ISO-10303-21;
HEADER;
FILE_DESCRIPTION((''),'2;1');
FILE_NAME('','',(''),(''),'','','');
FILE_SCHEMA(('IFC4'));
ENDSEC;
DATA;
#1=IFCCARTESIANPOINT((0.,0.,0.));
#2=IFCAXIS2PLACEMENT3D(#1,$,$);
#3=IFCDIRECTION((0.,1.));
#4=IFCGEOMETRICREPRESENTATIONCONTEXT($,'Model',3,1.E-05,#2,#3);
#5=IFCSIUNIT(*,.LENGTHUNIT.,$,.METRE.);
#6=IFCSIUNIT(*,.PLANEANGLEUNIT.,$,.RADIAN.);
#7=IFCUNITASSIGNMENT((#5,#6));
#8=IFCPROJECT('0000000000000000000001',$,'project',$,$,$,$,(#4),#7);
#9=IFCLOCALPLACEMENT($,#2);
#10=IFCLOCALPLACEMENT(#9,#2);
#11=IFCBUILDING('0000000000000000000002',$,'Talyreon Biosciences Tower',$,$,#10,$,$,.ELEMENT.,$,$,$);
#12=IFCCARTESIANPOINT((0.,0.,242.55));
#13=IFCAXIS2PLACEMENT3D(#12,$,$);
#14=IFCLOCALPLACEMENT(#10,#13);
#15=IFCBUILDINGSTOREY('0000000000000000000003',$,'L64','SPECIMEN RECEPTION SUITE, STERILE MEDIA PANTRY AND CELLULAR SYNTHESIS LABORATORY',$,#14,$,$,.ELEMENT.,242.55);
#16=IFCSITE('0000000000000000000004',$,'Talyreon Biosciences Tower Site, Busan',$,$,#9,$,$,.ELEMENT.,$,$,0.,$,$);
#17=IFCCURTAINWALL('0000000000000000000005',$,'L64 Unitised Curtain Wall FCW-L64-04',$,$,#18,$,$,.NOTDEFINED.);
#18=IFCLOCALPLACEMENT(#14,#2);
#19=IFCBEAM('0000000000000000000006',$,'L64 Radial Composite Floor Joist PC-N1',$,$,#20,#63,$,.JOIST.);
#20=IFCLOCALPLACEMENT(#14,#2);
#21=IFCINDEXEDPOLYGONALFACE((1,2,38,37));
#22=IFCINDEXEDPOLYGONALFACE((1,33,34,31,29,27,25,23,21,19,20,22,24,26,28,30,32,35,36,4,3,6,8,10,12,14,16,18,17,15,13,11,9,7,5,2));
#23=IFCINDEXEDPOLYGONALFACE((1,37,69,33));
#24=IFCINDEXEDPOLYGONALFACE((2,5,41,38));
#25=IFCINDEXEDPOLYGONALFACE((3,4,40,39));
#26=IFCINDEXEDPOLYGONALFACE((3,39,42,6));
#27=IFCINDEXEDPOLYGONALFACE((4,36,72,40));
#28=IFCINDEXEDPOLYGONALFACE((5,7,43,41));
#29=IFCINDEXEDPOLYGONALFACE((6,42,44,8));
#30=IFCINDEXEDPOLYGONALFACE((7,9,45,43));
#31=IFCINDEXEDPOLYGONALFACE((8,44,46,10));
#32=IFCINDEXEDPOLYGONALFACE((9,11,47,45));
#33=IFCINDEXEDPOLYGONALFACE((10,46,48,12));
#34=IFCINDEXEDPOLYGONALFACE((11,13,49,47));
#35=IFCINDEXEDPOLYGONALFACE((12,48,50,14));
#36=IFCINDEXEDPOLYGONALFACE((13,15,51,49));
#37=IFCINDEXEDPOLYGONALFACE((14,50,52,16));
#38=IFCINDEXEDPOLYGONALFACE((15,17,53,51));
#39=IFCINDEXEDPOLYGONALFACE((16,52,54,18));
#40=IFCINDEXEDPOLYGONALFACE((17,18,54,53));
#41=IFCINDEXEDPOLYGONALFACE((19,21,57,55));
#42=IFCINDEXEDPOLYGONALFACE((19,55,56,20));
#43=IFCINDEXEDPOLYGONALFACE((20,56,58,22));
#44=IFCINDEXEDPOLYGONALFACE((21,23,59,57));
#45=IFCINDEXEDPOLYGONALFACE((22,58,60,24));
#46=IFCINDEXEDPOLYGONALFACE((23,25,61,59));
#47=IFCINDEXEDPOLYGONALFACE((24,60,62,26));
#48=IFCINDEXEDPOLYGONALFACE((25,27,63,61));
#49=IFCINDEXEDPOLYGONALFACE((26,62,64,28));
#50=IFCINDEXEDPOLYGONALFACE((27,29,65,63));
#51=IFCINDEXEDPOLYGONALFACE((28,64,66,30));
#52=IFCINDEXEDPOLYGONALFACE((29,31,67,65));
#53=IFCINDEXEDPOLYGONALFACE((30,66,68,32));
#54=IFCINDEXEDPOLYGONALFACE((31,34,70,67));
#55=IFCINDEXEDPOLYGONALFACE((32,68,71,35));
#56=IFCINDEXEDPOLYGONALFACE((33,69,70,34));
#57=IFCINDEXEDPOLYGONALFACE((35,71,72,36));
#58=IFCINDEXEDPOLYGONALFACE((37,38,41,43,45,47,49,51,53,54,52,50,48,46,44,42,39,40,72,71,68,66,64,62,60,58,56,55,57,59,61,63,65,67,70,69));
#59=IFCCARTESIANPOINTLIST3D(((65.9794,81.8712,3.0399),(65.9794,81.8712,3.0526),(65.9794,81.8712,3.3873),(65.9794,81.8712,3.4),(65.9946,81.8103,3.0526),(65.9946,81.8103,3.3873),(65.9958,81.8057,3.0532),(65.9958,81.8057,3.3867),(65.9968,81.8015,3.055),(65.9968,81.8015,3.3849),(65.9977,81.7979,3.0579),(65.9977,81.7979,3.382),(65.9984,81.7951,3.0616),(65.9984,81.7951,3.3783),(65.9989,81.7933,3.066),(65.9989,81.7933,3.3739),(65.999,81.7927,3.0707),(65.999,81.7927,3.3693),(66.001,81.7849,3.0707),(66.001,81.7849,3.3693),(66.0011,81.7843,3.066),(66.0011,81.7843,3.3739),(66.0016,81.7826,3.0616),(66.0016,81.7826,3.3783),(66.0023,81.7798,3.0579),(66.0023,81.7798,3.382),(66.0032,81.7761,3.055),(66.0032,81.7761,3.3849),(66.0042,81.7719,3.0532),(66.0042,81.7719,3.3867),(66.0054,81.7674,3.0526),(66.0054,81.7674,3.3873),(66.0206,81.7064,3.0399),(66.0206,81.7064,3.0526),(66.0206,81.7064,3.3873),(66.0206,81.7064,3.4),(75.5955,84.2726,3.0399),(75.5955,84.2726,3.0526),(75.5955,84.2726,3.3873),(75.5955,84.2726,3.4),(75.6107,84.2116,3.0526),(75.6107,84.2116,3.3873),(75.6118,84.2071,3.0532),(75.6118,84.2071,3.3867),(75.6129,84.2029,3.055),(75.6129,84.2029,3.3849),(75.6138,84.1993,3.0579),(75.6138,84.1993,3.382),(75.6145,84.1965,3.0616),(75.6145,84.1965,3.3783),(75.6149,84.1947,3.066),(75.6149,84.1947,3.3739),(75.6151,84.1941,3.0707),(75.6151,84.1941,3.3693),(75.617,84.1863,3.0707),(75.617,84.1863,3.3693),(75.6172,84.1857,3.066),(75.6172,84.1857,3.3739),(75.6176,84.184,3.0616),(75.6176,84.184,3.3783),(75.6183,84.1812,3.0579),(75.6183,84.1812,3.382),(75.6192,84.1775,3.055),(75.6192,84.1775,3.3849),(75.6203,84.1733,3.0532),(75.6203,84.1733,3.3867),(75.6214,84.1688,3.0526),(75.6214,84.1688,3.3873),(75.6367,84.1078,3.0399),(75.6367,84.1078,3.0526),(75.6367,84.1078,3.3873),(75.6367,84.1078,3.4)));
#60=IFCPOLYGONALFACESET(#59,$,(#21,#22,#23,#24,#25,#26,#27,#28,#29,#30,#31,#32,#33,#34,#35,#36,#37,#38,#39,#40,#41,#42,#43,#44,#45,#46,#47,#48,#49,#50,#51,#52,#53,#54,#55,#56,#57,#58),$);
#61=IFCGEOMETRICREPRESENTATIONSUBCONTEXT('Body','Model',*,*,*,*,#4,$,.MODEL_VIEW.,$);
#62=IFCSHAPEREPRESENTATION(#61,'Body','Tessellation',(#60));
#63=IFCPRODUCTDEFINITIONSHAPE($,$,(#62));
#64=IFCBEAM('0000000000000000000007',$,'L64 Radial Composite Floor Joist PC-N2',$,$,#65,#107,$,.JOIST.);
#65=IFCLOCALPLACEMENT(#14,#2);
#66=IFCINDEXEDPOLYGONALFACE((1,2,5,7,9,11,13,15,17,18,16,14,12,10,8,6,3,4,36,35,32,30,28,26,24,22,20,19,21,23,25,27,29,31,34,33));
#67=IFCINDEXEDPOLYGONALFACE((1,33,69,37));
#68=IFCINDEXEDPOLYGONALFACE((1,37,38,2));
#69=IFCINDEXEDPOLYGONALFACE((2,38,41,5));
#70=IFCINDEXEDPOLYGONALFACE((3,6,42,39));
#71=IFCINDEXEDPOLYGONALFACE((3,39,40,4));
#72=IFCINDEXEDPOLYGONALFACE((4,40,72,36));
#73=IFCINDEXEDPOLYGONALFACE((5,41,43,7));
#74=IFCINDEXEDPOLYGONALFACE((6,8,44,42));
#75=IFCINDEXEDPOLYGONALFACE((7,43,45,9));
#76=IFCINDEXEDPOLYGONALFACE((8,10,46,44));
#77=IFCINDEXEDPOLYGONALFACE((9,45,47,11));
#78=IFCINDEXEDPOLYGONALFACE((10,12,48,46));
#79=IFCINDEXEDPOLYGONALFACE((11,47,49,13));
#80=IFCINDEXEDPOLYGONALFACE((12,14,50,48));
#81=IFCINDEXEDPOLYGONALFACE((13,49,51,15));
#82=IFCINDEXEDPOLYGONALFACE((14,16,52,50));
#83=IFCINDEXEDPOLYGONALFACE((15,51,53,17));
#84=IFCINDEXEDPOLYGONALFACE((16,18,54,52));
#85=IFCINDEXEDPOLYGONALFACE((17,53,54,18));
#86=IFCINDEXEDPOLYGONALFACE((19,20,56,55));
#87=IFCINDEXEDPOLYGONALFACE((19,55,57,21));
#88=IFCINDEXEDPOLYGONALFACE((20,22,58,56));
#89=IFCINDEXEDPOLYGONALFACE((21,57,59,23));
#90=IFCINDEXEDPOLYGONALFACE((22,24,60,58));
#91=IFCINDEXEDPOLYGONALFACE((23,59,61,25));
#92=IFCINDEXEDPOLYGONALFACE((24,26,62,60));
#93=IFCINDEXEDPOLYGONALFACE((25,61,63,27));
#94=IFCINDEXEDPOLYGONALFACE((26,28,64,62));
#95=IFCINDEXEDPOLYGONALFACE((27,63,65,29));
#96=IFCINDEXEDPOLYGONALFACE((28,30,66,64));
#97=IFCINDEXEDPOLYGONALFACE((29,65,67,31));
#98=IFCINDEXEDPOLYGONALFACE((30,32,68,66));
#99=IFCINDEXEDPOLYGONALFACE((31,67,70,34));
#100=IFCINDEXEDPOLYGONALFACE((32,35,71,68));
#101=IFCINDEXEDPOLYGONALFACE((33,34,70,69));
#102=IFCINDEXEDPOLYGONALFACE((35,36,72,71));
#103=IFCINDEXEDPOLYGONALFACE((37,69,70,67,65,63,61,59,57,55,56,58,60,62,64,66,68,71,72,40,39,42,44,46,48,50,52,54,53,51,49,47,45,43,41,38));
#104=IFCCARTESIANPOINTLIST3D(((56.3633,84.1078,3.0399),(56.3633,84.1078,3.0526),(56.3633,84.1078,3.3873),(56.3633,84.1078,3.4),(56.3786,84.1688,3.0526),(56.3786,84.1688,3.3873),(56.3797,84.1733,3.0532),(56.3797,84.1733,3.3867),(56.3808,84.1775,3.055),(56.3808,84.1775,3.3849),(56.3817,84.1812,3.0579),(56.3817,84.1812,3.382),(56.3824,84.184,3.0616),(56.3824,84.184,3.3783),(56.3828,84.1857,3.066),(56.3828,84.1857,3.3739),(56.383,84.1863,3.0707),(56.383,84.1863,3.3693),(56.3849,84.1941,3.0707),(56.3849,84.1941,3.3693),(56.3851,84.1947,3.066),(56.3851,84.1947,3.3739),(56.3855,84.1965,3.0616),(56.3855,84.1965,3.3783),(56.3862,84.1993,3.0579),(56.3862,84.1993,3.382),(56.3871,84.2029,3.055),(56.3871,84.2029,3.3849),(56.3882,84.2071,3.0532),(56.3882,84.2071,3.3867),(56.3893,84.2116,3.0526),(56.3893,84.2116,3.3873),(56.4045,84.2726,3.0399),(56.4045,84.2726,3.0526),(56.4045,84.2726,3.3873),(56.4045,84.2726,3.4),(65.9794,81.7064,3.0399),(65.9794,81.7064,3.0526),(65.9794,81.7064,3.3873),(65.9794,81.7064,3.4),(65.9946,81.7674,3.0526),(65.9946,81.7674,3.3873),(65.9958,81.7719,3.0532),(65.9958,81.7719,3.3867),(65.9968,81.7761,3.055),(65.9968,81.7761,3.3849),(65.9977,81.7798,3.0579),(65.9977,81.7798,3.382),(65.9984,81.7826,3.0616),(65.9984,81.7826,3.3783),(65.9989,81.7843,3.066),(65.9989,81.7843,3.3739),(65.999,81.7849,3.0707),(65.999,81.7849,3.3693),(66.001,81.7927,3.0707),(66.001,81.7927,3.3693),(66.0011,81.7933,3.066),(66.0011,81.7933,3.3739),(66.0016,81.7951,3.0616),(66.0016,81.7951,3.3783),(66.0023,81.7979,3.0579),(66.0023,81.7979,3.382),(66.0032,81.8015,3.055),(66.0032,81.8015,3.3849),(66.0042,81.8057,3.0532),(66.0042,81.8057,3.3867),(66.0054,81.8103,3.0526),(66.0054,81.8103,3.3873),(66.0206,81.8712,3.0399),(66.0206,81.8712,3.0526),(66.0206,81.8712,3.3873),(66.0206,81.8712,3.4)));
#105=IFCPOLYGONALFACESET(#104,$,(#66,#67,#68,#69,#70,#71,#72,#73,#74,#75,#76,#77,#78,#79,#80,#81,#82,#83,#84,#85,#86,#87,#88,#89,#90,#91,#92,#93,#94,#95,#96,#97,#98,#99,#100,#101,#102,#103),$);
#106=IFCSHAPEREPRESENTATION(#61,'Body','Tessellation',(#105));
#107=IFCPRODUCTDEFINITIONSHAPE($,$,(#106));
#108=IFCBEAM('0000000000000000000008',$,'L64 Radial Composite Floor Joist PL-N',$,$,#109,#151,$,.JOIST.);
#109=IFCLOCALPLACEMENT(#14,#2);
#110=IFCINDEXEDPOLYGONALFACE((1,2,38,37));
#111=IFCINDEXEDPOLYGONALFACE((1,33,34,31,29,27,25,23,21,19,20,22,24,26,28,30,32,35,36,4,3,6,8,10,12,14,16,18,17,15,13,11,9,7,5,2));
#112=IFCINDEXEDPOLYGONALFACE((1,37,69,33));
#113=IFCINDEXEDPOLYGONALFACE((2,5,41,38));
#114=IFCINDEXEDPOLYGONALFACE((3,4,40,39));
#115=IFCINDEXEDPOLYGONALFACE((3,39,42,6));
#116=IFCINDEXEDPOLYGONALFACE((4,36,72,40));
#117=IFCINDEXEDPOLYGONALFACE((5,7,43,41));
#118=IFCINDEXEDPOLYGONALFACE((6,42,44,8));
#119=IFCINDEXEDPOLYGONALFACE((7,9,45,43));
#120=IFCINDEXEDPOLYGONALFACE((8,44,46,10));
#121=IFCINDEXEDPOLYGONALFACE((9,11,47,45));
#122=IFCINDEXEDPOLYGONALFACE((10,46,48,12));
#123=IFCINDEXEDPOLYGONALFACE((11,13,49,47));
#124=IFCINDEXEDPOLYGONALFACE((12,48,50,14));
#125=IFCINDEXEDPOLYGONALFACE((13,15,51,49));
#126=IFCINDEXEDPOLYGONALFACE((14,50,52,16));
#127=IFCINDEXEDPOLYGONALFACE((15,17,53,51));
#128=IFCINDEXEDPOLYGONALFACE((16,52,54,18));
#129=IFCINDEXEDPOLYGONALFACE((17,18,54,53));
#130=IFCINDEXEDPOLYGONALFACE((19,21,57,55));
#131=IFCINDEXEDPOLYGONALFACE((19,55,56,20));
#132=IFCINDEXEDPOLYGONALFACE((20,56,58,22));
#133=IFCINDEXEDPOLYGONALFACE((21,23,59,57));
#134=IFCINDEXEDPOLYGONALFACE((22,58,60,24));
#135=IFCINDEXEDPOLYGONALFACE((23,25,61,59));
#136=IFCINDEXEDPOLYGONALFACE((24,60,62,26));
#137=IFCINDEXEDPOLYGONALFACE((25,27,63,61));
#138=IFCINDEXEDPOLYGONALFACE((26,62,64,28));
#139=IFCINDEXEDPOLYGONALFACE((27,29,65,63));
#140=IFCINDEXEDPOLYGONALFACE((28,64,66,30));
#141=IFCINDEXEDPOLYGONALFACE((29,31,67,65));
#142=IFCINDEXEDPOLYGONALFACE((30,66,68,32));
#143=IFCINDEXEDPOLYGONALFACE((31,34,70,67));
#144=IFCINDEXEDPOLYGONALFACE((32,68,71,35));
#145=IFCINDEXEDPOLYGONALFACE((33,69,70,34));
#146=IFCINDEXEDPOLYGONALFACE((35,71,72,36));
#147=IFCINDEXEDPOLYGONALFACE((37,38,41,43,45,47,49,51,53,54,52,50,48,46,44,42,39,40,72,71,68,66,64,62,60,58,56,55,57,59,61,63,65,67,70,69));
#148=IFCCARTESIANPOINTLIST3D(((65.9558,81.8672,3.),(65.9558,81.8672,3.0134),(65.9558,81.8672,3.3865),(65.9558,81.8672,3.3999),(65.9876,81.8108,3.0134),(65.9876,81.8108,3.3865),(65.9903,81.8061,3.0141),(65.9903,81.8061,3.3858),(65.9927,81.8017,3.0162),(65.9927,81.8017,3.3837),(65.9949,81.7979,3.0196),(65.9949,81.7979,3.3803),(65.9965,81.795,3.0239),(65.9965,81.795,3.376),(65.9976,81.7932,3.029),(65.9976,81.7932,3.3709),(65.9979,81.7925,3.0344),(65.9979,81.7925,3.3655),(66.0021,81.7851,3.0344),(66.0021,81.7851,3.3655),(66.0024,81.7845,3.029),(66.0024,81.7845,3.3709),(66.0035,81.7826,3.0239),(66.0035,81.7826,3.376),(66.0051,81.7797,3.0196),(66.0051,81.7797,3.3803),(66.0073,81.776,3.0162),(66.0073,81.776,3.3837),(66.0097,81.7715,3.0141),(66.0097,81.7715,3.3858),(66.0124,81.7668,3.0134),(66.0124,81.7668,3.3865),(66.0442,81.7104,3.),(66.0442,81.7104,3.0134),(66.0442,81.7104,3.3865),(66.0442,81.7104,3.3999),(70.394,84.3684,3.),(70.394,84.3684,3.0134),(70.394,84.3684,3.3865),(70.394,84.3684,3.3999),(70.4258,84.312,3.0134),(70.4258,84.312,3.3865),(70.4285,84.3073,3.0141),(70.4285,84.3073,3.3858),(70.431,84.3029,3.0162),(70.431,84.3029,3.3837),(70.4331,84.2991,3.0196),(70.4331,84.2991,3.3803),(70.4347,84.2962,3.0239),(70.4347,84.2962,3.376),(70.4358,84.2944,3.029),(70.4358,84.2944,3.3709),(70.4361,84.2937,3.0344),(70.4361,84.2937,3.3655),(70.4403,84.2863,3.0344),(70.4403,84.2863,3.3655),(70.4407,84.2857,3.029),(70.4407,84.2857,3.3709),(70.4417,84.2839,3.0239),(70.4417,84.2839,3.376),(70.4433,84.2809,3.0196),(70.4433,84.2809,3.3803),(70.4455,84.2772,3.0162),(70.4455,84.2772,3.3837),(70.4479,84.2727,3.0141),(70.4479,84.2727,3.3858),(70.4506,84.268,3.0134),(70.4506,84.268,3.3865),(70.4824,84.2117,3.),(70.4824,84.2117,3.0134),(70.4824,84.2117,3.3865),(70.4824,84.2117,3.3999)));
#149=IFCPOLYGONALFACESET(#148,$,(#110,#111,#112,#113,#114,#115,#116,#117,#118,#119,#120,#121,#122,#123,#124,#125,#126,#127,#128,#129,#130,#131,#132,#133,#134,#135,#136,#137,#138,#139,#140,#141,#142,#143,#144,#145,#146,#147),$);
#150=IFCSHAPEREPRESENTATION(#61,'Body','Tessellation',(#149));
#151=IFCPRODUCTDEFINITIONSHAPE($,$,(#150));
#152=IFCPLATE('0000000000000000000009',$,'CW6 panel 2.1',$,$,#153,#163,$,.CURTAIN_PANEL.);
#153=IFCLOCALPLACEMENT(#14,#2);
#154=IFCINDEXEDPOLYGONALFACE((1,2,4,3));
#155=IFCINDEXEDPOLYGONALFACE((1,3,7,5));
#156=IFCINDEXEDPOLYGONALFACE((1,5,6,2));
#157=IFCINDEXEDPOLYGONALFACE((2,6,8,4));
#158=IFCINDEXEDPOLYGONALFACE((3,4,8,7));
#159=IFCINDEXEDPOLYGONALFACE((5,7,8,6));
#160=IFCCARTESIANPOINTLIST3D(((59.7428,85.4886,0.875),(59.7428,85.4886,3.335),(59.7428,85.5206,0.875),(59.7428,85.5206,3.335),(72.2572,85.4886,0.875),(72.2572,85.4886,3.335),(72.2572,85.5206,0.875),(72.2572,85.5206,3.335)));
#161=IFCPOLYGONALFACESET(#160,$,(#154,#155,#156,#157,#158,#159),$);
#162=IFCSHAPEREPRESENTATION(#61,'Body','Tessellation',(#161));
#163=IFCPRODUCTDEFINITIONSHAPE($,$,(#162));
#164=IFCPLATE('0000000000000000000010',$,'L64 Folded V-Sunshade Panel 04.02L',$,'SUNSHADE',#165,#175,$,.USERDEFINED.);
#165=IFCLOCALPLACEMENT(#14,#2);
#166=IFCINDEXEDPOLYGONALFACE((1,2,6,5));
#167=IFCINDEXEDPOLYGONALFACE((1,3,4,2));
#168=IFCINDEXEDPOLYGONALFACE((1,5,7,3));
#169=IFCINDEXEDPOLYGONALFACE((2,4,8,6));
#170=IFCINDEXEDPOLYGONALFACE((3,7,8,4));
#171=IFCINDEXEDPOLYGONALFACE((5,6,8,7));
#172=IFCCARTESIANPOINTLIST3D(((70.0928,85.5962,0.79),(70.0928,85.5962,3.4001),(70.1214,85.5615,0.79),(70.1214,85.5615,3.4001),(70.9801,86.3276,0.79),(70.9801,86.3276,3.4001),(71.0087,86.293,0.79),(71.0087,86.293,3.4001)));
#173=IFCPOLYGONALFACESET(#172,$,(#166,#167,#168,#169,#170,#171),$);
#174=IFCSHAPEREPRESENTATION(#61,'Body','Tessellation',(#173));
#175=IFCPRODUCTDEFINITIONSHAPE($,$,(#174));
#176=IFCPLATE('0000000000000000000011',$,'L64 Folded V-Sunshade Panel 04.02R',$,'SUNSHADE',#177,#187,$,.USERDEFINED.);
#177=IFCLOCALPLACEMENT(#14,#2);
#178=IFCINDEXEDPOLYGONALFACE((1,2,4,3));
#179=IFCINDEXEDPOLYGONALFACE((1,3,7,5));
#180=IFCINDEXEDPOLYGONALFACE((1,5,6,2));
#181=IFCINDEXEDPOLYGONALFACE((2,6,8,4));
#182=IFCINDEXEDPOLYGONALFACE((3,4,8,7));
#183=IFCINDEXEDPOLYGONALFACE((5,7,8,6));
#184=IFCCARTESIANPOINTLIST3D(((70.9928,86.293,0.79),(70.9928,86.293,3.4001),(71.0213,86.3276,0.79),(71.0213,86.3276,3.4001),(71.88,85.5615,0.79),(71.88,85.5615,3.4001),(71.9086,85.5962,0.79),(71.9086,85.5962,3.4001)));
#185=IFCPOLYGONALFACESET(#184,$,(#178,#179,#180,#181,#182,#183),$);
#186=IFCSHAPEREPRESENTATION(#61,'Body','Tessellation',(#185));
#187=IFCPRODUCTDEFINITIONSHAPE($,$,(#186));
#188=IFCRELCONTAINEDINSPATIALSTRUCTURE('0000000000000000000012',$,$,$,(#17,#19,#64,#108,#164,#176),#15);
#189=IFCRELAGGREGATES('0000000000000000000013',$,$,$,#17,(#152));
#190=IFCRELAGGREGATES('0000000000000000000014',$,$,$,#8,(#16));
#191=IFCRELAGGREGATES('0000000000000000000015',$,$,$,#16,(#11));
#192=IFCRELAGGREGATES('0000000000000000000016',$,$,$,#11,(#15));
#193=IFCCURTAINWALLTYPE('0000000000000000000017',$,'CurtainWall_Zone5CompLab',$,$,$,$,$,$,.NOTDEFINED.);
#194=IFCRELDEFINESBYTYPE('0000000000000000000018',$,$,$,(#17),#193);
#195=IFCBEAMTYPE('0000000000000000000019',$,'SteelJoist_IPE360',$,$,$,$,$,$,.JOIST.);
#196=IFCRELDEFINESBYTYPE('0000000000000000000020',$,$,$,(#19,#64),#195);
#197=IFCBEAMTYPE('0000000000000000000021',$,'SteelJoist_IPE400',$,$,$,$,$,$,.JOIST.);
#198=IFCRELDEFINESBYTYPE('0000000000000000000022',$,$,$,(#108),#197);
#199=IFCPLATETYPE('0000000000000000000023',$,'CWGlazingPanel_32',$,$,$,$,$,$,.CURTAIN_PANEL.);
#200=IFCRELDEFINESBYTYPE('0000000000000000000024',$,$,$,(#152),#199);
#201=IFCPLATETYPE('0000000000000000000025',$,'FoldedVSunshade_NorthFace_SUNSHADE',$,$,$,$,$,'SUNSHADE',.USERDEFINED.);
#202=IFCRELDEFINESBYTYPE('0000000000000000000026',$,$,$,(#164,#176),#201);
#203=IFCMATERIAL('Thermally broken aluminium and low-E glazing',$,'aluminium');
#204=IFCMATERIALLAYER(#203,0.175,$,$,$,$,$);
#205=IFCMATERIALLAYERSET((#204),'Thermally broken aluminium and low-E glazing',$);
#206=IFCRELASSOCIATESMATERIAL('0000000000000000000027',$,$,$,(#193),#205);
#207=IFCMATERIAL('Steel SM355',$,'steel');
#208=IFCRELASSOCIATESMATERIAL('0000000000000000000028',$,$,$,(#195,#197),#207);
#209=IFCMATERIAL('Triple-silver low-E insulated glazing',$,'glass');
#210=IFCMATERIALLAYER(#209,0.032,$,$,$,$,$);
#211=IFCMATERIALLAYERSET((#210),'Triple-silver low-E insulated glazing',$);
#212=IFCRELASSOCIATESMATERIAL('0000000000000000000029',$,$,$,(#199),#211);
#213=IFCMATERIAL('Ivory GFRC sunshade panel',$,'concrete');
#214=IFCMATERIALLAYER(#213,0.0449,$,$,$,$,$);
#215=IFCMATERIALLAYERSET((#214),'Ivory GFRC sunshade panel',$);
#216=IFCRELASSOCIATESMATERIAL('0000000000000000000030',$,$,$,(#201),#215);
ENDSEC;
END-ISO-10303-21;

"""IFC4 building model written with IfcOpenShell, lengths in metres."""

from ifc_helpers import new_model, si_unit, direction, frame, origin, origin_2d, place, context, subcontext, project, spatial, rectangle, i_section, extrude, material, layer, layer_set, material_profile, profile_set, type_object, element, aggregate, save


model = new_model("IFC4")

# Units and contexts
model_context = context("Model", 3, precision=1e-05, world=origin(), true_north=direction((0.0, 1.0)))
body_context = subcontext(model_context, "Body", "Model", "MODEL_VIEW")
ifc_project = project(units=[si_unit("LENGTHUNIT", "METRE"), si_unit("PLANEANGLEUNIT", "RADIAN")], contexts=[model_context])

# Site, building, storey
site_placement = place(None, origin())
site = spatial("IfcSite", under=ifc_project, at=site_placement, Name="Talyreon Biosciences Tower Site, Busan", CompositionType="ELEMENT", RefElevation=0.0)
building_placement = place(site_placement, origin())
building = spatial("IfcBuilding", under=site, at=building_placement, Name="Talyreon Biosciences Tower", CompositionType="ELEMENT")
storey_placement = place(building_placement, frame((0.0, 0.0, 242.55)))
storey = spatial("IfcBuildingStorey", under=building, at=storey_placement, Name="L64", Description="SPECIMEN RECEPTION SUITE, STERILE MEDIA PANTRY AND CELLULAR SYNTHESIS LABORATORY", CompositionType="ELEMENT", Elevation=242.55)

# Curtain wall
ifc_material_1 = material(Name="Thermally broken aluminium and low-E glazing", Category="aluminium")
ifc_layer_1 = layer(ifc_material_1, 0.175)
ifc_layer_set_1 = layer_set([ifc_layer_1], Name="Thermally broken aluminium and low-E glazing")
curtain_wall_type = type_object("IfcCurtainWallType", Name="CurtainWall_Zone5CompLab", PredefinedType="NOTDEFINED", material=ifc_layer_set_1)
curtain_wall_placement = place(storey_placement, origin())
curtain_wall = element("IfcCurtainWall", 1, at=curtain_wall_placement, inside=storey, type_object=curtain_wall_type, Name="L64 Unitised Curtain Wall FCW-L64-04", PredefinedType="NOTDEFINED")

# Beams
ifc_material_2 = material(Name="Steel SM355", Category="steel")
ifc_material_profile_1 = material_profile(ifc_material_2, i_section(OverallWidth=0.1699, OverallDepth=0.3601, WebThickness=0.0081, FlangeThickness=0.0127, FilletRadius=0.0181, at=origin_2d()), Name="IPE360")
ifc_profile_set_1 = profile_set([ifc_material_profile_1], Name="Steel SM355")
beam_type_1 = type_object("IfcBeamType", Name="SteelJoist_IPE360", PredefinedType="JOIST", material=ifc_profile_set_1)
for number, where, z_axis, x_axis, name in (
    (2, (66.0, 81.7888, 3.22), (0.970205, 0.242286, 0.0), (-0.242286, 0.970205, 0.0), "L64 Radial Composite Floor Joist PC-N1"),
    (3, (66.0, 81.7888, 3.22), (-0.970205, 0.242286, 0.0), (-0.242286, -0.970205, 0.0), "L64 Radial Composite Floor Joist PC-N2"),
):
    element("IfcBeam", number, at=place(storey_placement, frame(where, z_axis=z_axis, x_axis=x_axis)), inside=storey, type_object=beam_type_1, Name=name, PredefinedType="JOIST", context=body_context, shape_type="SweptSolid", body=[
        extrude(i_section(OverallWidth=0.1699, OverallDepth=0.3601, WebThickness=0.0081, FlangeThickness=0.0127, FilletRadius=0.0181, at=origin_2d()), origin(), (0.0, 0.0, 1.0), 9.9114),
    ])
ifc_material_profile_2 = material_profile(ifc_material_2, i_section(OverallWidth=0.1799, OverallDepth=0.3999, WebThickness=0.0085, FlangeThickness=0.0134, FilletRadius=0.021, at=origin_2d()), Name="IPE400")
ifc_profile_set_2 = profile_set([ifc_material_profile_2], Name="Steel SM355")
beam_type_2 = type_object("IfcBeamType", Name="SteelJoist_IPE400", PredefinedType="JOIST", material=ifc_profile_set_2)
beam_1_placement = place(storey_placement, frame((66.0, 81.7888, 3.2), z_axis=(0.87118, 0.490964, 0.0), x_axis=(-0.490964, 0.87118, 0.0)))
element("IfcBeam", 4, at=beam_1_placement, inside=storey, type_object=beam_type_2, Name="L64 Radial Composite Floor Joist PL-N", PredefinedType="JOIST", context=body_context, shape_type="SweptSolid", body=[
    extrude(i_section(OverallWidth=0.1799, OverallDepth=0.3999, WebThickness=0.0085, FlangeThickness=0.0134, FilletRadius=0.021, at=origin_2d()), origin(), (0.0, 0.0, 1.0), 5.0945),
])

# Plate
ifc_material_3 = material(Name="Triple-silver low-E insulated glazing", Category="glass")
ifc_layer_2 = layer(ifc_material_3, 0.032)
ifc_layer_set_2 = layer_set([ifc_layer_2], Name="Triple-silver low-E insulated glazing")
plate_type_1 = type_object("IfcPlateType", Name="CWGlazingPanel_32", PredefinedType="CURTAIN_PANEL", material=ifc_layer_set_2)
plate_placement = place(storey_placement, frame((66.0, 85.5046, 0.875), z_axis=(0.0, 0.0, 1.0), x_axis=(1.0, 0.0, 0.0)))
plate = element("IfcPlate", 5, at=plate_placement, type_object=plate_type_1, Name="CW6 panel 2.1", PredefinedType="CURTAIN_PANEL", context=body_context, shape_type="SweptSolid", body=[
    extrude(rectangle(XDim=12.5144, YDim=0.032, at=origin_2d()), origin(), (0.0, 0.0, 1.0), 2.46),
])
aggregate(curtain_wall, [plate])

# Plates
ifc_material_4 = material(Name="Ivory GFRC sunshade panel", Category="concrete")
ifc_layer_3 = layer(ifc_material_4, 0.0449)
ifc_layer_set_3 = layer_set([ifc_layer_3], Name="Ivory GFRC sunshade panel")
plate_type_2 = type_object("IfcPlateType", Name="FoldedVSunshade_NorthFace_SUNSHADE", ElementType="SUNSHADE", PredefinedType="USERDEFINED", material=ifc_layer_set_3)
for number, where, z_axis, x_axis, name in (
    (6, (70.5508, 85.9446, 0.79), (0.0, 0.0, 1.0), (0.771625, 0.636078, 0.0), "L64 Folded V-Sunshade Panel 04.02L"),
    (7, (71.4507, 85.9446, 0.79), (0.0, 0.0, 1.0), (0.771625, -0.636078, 0.0), "L64 Folded V-Sunshade Panel 04.02R"),
):
    element("IfcPlate", number, at=place(storey_placement, frame(where, z_axis=z_axis, x_axis=x_axis)), inside=storey, type_object=plate_type_2, Name=name, ObjectType="SUNSHADE", PredefinedType="USERDEFINED", context=body_context, shape_type="SweptSolid", body=[
        extrude(rectangle(XDim=1.1499, YDim=0.0449, at=origin_2d()), origin(), (0.0, 0.0, 1.0), 2.6101),
    ])

save(model, "model.ifc")
